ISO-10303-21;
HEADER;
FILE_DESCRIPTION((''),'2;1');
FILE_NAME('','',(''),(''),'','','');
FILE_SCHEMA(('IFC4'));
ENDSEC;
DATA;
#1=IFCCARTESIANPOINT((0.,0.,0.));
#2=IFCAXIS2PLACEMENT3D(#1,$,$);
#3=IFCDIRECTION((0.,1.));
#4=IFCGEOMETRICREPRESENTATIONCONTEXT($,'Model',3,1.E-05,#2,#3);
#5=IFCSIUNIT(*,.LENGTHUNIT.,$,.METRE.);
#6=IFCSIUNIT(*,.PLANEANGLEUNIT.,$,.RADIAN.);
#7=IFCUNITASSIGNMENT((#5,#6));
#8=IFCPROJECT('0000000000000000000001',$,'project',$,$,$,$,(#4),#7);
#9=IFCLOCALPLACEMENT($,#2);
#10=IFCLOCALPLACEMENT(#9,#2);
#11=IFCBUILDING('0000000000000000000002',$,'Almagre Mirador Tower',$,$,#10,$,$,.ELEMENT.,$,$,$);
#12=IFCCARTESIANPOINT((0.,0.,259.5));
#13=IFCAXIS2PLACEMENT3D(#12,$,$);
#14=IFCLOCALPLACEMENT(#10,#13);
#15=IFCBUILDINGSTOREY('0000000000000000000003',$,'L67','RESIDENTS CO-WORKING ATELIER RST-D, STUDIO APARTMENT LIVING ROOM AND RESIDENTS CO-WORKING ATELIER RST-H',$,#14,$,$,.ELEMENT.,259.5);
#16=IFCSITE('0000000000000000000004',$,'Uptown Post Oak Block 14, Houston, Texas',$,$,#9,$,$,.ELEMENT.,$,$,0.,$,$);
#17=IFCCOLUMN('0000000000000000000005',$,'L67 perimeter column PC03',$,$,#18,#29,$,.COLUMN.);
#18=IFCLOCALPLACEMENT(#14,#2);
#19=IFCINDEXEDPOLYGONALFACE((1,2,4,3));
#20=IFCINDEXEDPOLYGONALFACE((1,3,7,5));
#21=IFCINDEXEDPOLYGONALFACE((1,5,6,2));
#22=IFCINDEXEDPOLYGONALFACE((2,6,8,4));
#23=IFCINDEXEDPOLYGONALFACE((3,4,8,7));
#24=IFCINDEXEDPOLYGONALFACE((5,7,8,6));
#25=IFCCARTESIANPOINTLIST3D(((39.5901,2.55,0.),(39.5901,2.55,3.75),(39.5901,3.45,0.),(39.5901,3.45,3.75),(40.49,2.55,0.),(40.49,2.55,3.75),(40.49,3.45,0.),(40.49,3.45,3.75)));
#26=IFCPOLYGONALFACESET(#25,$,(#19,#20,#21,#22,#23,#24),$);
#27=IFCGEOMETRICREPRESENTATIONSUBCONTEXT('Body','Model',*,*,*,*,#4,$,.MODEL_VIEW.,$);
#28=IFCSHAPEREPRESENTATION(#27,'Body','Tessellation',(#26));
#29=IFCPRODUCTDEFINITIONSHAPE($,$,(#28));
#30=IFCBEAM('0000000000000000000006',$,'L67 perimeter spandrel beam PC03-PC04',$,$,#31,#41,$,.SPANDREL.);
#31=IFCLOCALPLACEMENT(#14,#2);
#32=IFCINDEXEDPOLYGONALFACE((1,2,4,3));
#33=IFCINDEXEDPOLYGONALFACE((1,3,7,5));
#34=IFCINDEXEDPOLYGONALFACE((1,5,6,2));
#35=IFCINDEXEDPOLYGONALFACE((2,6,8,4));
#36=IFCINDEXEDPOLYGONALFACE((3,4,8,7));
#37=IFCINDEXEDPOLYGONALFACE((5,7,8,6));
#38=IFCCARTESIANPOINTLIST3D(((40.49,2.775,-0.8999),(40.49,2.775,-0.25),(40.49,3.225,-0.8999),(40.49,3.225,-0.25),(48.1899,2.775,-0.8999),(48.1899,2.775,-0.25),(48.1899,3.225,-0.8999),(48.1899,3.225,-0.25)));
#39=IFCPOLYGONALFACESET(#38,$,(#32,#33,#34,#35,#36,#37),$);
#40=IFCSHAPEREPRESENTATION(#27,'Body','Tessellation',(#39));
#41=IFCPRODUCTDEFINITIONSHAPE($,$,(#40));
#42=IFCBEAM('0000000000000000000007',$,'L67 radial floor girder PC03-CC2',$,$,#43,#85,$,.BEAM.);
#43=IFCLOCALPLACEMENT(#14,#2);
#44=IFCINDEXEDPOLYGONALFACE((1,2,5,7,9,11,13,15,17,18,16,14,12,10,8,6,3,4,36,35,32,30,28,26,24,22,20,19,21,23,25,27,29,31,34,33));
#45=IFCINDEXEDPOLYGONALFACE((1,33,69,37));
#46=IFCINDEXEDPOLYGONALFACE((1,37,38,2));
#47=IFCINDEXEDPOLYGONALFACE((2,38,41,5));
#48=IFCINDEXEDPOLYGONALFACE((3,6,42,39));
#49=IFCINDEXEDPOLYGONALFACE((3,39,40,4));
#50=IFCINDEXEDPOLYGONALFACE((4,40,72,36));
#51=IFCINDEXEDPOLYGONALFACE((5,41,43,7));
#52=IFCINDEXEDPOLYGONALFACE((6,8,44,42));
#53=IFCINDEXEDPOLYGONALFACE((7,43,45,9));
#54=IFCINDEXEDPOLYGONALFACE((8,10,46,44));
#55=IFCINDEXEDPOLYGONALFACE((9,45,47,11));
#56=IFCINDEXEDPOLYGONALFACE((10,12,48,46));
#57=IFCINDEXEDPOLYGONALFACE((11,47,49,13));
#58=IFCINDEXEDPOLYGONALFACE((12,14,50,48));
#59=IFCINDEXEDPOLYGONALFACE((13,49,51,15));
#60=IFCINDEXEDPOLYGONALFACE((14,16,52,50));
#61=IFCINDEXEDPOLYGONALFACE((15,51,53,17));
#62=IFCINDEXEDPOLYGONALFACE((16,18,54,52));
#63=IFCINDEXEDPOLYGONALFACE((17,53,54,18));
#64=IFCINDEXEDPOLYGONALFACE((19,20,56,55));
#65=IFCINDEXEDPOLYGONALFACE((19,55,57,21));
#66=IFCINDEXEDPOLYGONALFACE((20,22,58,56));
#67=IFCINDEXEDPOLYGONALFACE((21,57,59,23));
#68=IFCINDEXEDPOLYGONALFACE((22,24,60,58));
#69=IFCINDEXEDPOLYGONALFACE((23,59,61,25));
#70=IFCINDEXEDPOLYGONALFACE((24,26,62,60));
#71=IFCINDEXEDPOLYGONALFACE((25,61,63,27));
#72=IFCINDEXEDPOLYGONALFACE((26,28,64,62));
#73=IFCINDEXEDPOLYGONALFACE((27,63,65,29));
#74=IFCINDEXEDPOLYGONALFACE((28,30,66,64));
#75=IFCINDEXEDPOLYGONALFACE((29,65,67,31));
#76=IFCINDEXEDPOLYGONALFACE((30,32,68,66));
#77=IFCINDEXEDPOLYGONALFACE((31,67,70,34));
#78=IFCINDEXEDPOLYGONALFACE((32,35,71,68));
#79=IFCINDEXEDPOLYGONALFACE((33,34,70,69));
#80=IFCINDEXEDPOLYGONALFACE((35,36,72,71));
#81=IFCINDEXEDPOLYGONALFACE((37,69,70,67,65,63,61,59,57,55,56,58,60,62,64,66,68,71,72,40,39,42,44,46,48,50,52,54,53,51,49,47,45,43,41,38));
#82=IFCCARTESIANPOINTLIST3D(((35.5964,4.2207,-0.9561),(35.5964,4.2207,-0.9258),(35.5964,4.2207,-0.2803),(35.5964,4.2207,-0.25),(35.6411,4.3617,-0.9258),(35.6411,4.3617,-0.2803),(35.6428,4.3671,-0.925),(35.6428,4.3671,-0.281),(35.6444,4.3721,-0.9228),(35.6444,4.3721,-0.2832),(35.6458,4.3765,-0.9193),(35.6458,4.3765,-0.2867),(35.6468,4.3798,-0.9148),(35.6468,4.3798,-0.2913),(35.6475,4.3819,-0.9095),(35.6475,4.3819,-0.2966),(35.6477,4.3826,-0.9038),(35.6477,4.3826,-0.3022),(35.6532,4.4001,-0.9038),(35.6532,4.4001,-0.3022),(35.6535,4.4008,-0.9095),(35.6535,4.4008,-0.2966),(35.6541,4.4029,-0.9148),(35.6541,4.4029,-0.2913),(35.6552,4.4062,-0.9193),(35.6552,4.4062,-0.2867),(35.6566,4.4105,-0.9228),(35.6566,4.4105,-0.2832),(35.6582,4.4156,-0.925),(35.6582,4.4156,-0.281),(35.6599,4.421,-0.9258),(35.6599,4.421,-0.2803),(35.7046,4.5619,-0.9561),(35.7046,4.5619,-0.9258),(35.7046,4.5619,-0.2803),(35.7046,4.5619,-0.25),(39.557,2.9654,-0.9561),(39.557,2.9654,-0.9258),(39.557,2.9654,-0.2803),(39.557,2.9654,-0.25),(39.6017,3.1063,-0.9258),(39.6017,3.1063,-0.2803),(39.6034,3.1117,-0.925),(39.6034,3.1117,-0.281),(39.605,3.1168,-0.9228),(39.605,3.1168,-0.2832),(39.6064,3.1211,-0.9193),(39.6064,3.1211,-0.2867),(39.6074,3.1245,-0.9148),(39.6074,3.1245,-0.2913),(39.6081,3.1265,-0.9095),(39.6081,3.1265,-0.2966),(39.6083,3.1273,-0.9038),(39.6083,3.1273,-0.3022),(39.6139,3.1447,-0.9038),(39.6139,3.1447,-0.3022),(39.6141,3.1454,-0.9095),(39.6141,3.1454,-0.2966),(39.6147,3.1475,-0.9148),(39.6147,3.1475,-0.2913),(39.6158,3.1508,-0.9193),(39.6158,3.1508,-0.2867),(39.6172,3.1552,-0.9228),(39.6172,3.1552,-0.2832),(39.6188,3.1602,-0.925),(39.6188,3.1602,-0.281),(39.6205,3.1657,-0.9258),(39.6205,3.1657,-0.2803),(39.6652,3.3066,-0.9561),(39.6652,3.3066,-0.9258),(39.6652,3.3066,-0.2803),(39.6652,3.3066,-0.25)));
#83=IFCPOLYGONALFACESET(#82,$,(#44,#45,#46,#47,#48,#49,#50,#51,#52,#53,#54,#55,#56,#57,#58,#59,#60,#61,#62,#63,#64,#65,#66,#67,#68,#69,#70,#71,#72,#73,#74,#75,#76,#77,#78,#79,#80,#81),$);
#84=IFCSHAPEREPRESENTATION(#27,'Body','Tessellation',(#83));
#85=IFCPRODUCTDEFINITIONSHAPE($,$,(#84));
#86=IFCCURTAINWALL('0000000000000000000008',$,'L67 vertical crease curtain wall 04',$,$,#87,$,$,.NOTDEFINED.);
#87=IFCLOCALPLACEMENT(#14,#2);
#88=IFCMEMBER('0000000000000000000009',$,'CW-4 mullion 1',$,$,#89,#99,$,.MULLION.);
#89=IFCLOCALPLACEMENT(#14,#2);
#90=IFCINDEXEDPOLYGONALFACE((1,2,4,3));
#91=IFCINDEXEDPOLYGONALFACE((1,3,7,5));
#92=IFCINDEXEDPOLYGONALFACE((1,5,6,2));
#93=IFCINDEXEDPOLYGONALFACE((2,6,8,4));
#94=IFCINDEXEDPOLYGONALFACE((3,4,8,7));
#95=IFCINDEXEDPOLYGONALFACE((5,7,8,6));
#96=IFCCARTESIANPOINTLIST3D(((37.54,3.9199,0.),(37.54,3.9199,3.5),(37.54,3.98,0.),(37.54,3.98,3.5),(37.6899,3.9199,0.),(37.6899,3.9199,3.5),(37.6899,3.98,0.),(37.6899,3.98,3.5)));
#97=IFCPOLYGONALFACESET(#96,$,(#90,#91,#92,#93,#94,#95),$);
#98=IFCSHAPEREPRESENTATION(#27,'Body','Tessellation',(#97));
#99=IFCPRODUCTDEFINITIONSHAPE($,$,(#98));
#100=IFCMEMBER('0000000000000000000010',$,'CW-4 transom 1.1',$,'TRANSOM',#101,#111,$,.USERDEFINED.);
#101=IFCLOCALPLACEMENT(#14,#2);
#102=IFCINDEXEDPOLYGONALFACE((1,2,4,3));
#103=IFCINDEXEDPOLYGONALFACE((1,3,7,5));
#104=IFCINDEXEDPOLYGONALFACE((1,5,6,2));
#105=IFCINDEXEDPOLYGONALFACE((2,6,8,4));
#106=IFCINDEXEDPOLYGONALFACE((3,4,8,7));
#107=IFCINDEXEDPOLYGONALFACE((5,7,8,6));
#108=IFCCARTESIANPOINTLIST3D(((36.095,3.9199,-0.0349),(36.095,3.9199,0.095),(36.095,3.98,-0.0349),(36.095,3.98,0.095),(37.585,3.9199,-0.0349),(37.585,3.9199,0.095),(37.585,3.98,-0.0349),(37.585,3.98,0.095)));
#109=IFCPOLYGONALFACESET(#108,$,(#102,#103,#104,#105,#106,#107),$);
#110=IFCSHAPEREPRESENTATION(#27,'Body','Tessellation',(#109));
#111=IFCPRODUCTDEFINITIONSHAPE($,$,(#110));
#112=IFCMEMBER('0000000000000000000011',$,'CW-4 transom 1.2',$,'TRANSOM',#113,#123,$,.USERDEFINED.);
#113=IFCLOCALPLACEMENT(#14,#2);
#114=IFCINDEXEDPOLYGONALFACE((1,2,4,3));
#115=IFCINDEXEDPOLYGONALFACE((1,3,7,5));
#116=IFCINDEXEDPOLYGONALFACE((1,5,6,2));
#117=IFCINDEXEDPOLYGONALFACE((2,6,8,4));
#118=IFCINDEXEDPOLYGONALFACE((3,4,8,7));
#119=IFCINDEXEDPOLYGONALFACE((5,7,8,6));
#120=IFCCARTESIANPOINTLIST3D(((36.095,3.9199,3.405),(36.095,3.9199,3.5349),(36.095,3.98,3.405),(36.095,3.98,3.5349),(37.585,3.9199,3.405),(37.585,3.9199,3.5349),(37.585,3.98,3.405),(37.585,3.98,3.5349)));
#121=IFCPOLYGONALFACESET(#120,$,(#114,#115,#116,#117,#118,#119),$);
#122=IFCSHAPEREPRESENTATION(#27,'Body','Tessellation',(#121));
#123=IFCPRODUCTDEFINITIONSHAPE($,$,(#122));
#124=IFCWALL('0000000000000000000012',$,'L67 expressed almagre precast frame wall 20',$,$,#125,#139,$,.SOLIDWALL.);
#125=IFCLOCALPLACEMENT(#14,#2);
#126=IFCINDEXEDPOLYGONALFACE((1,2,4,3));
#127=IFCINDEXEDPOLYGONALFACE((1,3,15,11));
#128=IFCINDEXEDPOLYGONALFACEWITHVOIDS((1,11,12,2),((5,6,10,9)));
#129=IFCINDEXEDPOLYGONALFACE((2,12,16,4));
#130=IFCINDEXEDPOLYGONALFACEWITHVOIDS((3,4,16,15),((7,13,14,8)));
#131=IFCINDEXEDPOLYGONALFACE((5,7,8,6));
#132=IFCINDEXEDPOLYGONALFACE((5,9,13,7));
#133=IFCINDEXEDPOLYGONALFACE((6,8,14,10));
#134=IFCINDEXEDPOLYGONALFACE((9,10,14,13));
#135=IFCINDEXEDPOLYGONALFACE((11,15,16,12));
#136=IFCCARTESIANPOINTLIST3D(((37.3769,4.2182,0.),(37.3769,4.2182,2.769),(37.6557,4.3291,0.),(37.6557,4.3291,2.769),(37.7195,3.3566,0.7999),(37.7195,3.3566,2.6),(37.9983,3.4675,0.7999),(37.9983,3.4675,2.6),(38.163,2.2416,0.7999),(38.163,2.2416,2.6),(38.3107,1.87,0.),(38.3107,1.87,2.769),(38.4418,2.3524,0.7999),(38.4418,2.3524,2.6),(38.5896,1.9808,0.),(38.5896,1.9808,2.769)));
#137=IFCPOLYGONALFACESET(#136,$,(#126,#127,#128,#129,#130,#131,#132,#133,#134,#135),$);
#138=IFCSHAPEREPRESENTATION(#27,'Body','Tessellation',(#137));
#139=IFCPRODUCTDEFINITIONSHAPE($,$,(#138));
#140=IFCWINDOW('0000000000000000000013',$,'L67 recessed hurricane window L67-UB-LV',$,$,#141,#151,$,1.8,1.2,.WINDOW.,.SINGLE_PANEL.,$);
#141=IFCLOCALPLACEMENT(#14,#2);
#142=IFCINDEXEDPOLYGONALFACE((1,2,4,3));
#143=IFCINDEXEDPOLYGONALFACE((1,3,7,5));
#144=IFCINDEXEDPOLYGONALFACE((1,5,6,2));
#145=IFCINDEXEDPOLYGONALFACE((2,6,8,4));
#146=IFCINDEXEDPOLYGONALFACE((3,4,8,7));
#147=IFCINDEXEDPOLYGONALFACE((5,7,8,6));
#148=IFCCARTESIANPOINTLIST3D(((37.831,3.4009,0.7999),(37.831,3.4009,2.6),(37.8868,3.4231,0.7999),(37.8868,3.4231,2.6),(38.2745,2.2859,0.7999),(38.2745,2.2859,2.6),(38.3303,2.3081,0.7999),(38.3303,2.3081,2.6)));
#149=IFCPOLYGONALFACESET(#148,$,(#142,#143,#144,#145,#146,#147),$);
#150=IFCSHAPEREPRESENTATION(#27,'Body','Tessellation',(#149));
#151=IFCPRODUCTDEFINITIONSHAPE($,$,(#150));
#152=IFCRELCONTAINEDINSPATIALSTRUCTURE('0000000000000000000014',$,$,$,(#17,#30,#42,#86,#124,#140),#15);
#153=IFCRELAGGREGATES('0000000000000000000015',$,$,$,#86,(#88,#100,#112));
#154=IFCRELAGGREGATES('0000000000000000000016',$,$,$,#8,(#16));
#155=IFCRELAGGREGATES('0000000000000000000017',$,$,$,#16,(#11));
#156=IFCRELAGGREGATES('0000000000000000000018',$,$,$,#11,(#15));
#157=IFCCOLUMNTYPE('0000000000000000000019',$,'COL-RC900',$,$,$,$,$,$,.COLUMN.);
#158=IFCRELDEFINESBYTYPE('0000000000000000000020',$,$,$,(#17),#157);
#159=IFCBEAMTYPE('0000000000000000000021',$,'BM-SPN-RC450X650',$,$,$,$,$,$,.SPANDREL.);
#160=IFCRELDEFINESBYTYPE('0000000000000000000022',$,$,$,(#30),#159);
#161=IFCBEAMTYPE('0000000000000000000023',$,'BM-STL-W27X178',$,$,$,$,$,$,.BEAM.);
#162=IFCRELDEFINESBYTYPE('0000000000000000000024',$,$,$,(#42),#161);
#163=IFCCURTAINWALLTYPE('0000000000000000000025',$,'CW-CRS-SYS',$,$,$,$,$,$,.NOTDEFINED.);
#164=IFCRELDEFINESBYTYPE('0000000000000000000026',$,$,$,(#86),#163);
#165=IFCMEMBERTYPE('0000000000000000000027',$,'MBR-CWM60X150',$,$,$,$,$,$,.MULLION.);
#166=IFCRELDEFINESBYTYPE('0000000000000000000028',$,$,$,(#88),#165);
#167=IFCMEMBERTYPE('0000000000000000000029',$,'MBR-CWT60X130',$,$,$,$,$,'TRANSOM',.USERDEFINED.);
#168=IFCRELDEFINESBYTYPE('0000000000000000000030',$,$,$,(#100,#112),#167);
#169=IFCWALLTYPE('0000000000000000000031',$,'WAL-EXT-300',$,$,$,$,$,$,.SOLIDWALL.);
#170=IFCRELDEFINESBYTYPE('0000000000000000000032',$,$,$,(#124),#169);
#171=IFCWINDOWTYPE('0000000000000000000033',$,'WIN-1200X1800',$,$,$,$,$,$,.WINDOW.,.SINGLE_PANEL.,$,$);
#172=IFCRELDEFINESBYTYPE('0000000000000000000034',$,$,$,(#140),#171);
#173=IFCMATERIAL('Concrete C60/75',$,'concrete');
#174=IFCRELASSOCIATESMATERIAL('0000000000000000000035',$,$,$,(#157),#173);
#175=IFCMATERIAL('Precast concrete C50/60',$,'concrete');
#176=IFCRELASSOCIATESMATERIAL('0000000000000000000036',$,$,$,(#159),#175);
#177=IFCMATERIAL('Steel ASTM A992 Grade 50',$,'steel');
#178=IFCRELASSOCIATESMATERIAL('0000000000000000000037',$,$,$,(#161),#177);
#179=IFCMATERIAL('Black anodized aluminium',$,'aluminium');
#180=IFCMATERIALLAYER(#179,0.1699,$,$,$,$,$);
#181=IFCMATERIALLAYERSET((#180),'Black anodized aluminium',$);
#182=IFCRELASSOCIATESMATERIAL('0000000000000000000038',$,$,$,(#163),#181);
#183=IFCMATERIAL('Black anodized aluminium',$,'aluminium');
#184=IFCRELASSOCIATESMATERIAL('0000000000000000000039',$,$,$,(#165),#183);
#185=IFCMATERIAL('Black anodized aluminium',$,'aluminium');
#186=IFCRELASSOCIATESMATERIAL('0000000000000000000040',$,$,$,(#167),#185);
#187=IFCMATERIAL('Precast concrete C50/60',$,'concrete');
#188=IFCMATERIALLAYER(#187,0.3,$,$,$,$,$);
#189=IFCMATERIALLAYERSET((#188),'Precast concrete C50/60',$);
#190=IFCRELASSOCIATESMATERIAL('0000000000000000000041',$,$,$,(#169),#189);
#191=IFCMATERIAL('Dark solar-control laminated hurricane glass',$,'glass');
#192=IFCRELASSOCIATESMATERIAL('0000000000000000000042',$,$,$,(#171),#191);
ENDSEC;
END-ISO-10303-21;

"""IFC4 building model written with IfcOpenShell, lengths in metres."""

from ifc_helpers import new_model, si_unit, direction, frame, frame_2d, origin, origin_2d, place, context, subcontext, project, spatial, rectangle, i_section, extrude, material, layer, layer_set, material_profile, profile_set, type_object, element, fill, aggregate, save


model = new_model("IFC4")

# Units and contexts
model_context = context("Model", 3, precision=1e-05, world=origin(), true_north=direction((0.0, 1.0)))
body_context = subcontext(model_context, "Body", "Model", "MODEL_VIEW")
ifc_project = project(units=[si_unit("LENGTHUNIT", "METRE"), si_unit("PLANEANGLEUNIT", "RADIAN")], contexts=[model_context])

# Site, building, storey
site_placement = place(None, origin())
site = spatial("IfcSite", under=ifc_project, at=site_placement, Name="Uptown Post Oak Block 14, Houston, Texas", CompositionType="ELEMENT", RefElevation=0.0)
building_placement = place(site_placement, origin())
building = spatial("IfcBuilding", under=site, at=building_placement, Name="Almagre Mirador Tower", CompositionType="ELEMENT")
storey_placement = place(building_placement, frame((0.0, 0.0, 259.5)))
storey = spatial("IfcBuildingStorey", under=building, at=storey_placement, Name="L67", Description="RESIDENTS CO-WORKING ATELIER RST-D, STUDIO APARTMENT LIVING ROOM AND RESIDENTS CO-WORKING ATELIER RST-H", CompositionType="ELEMENT", Elevation=259.5)

# Column
ifc_material_1 = material(Name="Concrete C60/75", Category="concrete")
ifc_material_profile_1 = material_profile(ifc_material_1, rectangle(XDim=0.8999, YDim=0.8999, at=origin_2d()), Name="RC900X900")
ifc_profile_set_1 = profile_set([ifc_material_profile_1], Name="Concrete C60/75")
column_type = type_object("IfcColumnType", Name="COL-RC900", PredefinedType="COLUMN", material=ifc_profile_set_1)
column_placement = place(storey_placement, frame((40.04, 3.0, 0.0), z_axis=(0.0, 0.0, 1.0), x_axis=(1.0, 0.0, 0.0)))
element("IfcColumn", 1, at=column_placement, inside=storey, type_object=column_type, Name="L67 perimeter column PC03", PredefinedType="COLUMN", context=body_context, shape_type="SweptSolid", body=[
    extrude(rectangle(XDim=0.8999, YDim=0.8999, at=origin_2d()), origin(), (0.0, 0.0, 1.0), 3.75),
])

# Beams
ifc_material_2 = material(Name="Precast concrete C50/60", Category="concrete")
ifc_material_profile_2 = material_profile(ifc_material_2, rectangle(XDim=0.45, YDim=0.6499, at=origin_2d()), Name="RC450X650")
ifc_profile_set_2 = profile_set([ifc_material_profile_2], Name="Precast concrete C50/60")
beam_type_1 = type_object("IfcBeamType", Name="BM-SPN-RC450X650", PredefinedType="SPANDREL", material=ifc_profile_set_2)
beam_1_placement = place(storey_placement, frame((40.49, 3.0, -0.575), z_axis=(1.0, 0.0, 0.0), x_axis=(0.0, 1.0, 0.0)))
element("IfcBeam", 2, at=beam_1_placement, inside=storey, type_object=beam_type_1, Name="L67 perimeter spandrel beam PC03-PC04", PredefinedType="SPANDREL", context=body_context, shape_type="SweptSolid", body=[
    extrude(rectangle(XDim=0.45, YDim=0.6499, at=origin_2d()), origin(), (0.0, 0.0, 1.0), 7.7),
])
ifc_material_3 = material(Name="Steel ASTM A992 Grade 50", Category="steel")
ifc_material_profile_3 = material_profile(ifc_material_3, i_section(OverallWidth=0.3579, OverallDepth=0.7061, WebThickness=0.0183, FlangeThickness=0.0303, FilletRadius=0.022, at=origin_2d()), Name="W27X178")
ifc_profile_set_3 = profile_set([ifc_material_profile_3], Name="Steel ASTM A992 Grade 50")
beam_type_2 = type_object("IfcBeamType", Name="BM-STL-W27X178", PredefinedType="BEAM", material=ifc_profile_set_3)
beam_2_placement = place(storey_placement, frame((39.6111, 3.136, -0.603), z_axis=(-0.953262, 0.302144, 0.0), x_axis=(-0.302144, -0.953262, 0.0)))
element("IfcBeam", 3, at=beam_2_placement, inside=storey, type_object=beam_type_2, Name="L67 radial floor girder PC03-CC2", PredefinedType="BEAM", context=body_context, shape_type="SweptSolid", body=[
    extrude(i_section(OverallWidth=0.3579, OverallDepth=0.7061, WebThickness=0.0183, FlangeThickness=0.0303, FilletRadius=0.022, at=origin_2d()), origin(), (0.0, 0.0, 1.0), 4.1548),
])

# Curtain wall, members
ifc_material_4 = material(Name="Black anodized aluminium", Category="aluminium")
ifc_layer_1 = layer(ifc_material_4, 0.1699)
ifc_layer_set_1 = layer_set([ifc_layer_1], Name="Black anodized aluminium")
curtain_wall_type = type_object("IfcCurtainWallType", Name="CW-CRS-SYS", PredefinedType="NOTDEFINED", material=ifc_layer_set_1)
curtain_wall_placement = place(storey_placement, origin())
curtain_wall = element("IfcCurtainWall", 4, at=curtain_wall_placement, inside=storey, type_object=curtain_wall_type, Name="L67 vertical crease curtain wall 04", PredefinedType="NOTDEFINED")
ifc_material_5 = material(Name="Black anodized aluminium", Category="aluminium")
ifc_material_profile_4 = material_profile(ifc_material_5, rectangle(XDim=0.0601, YDim=0.1499, at=origin_2d()), Name="CWM60X150")
ifc_profile_set_4 = profile_set([ifc_material_profile_4], Name="Black anodized aluminium")
member_type_1 = type_object("IfcMemberType", Name="MBR-CWM60X150", PredefinedType="MULLION", material=ifc_profile_set_4)
member_1_placement = place(storey_placement, frame((37.615, 3.95, 0.0), z_axis=(0.0, 0.0, 1.0), x_axis=(0.0, -1.0, 0.0)))
member_1 = element("IfcMember", 5, at=member_1_placement, type_object=member_type_1, Name="CW-4 mullion 1", PredefinedType="MULLION", context=body_context, shape_type="SweptSolid", body=[
    extrude(rectangle(XDim=0.0601, YDim=0.1499, at=origin_2d()), origin(), (0.0, 0.0, 1.0), 3.5),
])
ifc_material_6 = material(Name="Black anodized aluminium", Category="aluminium")
ifc_material_profile_5 = material_profile(ifc_material_6, rectangle(XDim=0.0601, YDim=0.1299, at=origin_2d()), Name="CWT60X130")
ifc_profile_set_5 = profile_set([ifc_material_profile_5], Name="Black anodized aluminium")
member_type_2 = type_object("IfcMemberType", Name="MBR-CWT60X130", ElementType="TRANSOM", PredefinedType="USERDEFINED", material=ifc_profile_set_5)
member_2_placement = place(storey_placement, frame((37.585, 3.95, 0.03), z_axis=(-1.0, 0.0, 0.0), x_axis=(0.0, -1.0, 0.0)))
member_2 = element("IfcMember", 6, at=member_2_placement, type_object=member_type_2, Name="CW-4 transom 1.1", ObjectType="TRANSOM", PredefinedType="USERDEFINED", context=body_context, shape_type="SweptSolid", body=[
    extrude(rectangle(XDim=0.0601, YDim=0.1299, at=origin_2d()), origin(), (0.0, 0.0, 1.0), 1.49),
])
member_3_placement = place(storey_placement, frame((37.585, 3.95, 3.47), z_axis=(-1.0, 0.0, 0.0), x_axis=(0.0, -1.0, 0.0)))
member_3 = element("IfcMember", 7, at=member_3_placement, type_object=member_type_2, Name="CW-4 transom 1.2", ObjectType="TRANSOM", PredefinedType="USERDEFINED", context=body_context, shape_type="SweptSolid", body=[
    extrude(rectangle(XDim=0.0601, YDim=0.1299, at=origin_2d()), origin(), (0.0, 0.0, 1.0), 1.49),
])
aggregate(curtain_wall, [member_1, member_2, member_3])

# Wall, opening, window
ifc_material_7 = material(Name="Precast concrete C50/60", Category="concrete")
ifc_layer_2 = layer(ifc_material_7, 0.3)
ifc_layer_set_2 = layer_set([ifc_layer_2], Name="Precast concrete C50/60")
wall_type_1 = type_object("IfcWallType", Name="WAL-EXT-300", PredefinedType="SOLIDWALL", material=ifc_layer_set_2)
wall_1_placement = place(storey_placement, frame((38.4502, 1.9253, 0.0), z_axis=(0.0, 0.0, 1.0), x_axis=(-0.369541, 0.929214, 0.0)))
wall_1 = element("IfcWall", 8, at=wall_1_placement, inside=storey, type_object=wall_type_1, Name="L67 expressed almagre precast frame wall 20", PredefinedType="SOLIDWALL", context=body_context, shape_type="SweptSolid", body=[
    extrude(rectangle(XDim=2.5271, YDim=0.3, at=frame_2d((1.2637, 0.0))), origin(), (0.0, 0.0, 1.0), 2.769),
])
opening_1_placement = place(wall_1_placement, frame((0.3999, 0.0, 0.8)))
opening_1 = element("IfcOpeningElement", 9, at=opening_1_placement, cuts=wall_1, PredefinedType="OPENING", context=body_context, shape_type="SweptSolid", body=[
    extrude(rectangle(XDim=1.2, YDim=1.8, at=frame_2d((0.6001, 0.8999))), frame((0.0, 0.1599, 0.0), z_axis=(0.0, -1.0, 0.0), x_axis=(1.0, 0.0, 0.0)), (0.0, 0.0, 1.0), 0.32),
])
ifc_material_8 = material(Name="Dark solar-control laminated hurricane glass", Category="glass")
window_type = type_object("IfcWindowType", Name="WIN-1200X1800", PartitioningType="SINGLE_PANEL", PredefinedType="WINDOW", material=ifc_material_8)
window_placement = place(opening_1_placement, origin())
window = element("IfcWindow", 10, at=window_placement, inside=storey, type_object=window_type, Name="L67 recessed hurricane window L67-UB-LV", OverallHeight=1.8, OverallWidth=1.2, PartitioningType="SINGLE_PANEL", PredefinedType="WINDOW", context=body_context, shape_type="SweptSolid", body=[
    extrude(rectangle(XDim=1.2, YDim=1.8, at=frame_2d((0.6001, 0.8999))), frame((0.0, 0.03, 0.0), z_axis=(0.0, -1.0, 0.0), x_axis=(1.0, 0.0, 0.0)), (0.0, 0.0, 1.0), 0.0601),
])
fill(opening_1, window)

save(model, "model.ifc")
